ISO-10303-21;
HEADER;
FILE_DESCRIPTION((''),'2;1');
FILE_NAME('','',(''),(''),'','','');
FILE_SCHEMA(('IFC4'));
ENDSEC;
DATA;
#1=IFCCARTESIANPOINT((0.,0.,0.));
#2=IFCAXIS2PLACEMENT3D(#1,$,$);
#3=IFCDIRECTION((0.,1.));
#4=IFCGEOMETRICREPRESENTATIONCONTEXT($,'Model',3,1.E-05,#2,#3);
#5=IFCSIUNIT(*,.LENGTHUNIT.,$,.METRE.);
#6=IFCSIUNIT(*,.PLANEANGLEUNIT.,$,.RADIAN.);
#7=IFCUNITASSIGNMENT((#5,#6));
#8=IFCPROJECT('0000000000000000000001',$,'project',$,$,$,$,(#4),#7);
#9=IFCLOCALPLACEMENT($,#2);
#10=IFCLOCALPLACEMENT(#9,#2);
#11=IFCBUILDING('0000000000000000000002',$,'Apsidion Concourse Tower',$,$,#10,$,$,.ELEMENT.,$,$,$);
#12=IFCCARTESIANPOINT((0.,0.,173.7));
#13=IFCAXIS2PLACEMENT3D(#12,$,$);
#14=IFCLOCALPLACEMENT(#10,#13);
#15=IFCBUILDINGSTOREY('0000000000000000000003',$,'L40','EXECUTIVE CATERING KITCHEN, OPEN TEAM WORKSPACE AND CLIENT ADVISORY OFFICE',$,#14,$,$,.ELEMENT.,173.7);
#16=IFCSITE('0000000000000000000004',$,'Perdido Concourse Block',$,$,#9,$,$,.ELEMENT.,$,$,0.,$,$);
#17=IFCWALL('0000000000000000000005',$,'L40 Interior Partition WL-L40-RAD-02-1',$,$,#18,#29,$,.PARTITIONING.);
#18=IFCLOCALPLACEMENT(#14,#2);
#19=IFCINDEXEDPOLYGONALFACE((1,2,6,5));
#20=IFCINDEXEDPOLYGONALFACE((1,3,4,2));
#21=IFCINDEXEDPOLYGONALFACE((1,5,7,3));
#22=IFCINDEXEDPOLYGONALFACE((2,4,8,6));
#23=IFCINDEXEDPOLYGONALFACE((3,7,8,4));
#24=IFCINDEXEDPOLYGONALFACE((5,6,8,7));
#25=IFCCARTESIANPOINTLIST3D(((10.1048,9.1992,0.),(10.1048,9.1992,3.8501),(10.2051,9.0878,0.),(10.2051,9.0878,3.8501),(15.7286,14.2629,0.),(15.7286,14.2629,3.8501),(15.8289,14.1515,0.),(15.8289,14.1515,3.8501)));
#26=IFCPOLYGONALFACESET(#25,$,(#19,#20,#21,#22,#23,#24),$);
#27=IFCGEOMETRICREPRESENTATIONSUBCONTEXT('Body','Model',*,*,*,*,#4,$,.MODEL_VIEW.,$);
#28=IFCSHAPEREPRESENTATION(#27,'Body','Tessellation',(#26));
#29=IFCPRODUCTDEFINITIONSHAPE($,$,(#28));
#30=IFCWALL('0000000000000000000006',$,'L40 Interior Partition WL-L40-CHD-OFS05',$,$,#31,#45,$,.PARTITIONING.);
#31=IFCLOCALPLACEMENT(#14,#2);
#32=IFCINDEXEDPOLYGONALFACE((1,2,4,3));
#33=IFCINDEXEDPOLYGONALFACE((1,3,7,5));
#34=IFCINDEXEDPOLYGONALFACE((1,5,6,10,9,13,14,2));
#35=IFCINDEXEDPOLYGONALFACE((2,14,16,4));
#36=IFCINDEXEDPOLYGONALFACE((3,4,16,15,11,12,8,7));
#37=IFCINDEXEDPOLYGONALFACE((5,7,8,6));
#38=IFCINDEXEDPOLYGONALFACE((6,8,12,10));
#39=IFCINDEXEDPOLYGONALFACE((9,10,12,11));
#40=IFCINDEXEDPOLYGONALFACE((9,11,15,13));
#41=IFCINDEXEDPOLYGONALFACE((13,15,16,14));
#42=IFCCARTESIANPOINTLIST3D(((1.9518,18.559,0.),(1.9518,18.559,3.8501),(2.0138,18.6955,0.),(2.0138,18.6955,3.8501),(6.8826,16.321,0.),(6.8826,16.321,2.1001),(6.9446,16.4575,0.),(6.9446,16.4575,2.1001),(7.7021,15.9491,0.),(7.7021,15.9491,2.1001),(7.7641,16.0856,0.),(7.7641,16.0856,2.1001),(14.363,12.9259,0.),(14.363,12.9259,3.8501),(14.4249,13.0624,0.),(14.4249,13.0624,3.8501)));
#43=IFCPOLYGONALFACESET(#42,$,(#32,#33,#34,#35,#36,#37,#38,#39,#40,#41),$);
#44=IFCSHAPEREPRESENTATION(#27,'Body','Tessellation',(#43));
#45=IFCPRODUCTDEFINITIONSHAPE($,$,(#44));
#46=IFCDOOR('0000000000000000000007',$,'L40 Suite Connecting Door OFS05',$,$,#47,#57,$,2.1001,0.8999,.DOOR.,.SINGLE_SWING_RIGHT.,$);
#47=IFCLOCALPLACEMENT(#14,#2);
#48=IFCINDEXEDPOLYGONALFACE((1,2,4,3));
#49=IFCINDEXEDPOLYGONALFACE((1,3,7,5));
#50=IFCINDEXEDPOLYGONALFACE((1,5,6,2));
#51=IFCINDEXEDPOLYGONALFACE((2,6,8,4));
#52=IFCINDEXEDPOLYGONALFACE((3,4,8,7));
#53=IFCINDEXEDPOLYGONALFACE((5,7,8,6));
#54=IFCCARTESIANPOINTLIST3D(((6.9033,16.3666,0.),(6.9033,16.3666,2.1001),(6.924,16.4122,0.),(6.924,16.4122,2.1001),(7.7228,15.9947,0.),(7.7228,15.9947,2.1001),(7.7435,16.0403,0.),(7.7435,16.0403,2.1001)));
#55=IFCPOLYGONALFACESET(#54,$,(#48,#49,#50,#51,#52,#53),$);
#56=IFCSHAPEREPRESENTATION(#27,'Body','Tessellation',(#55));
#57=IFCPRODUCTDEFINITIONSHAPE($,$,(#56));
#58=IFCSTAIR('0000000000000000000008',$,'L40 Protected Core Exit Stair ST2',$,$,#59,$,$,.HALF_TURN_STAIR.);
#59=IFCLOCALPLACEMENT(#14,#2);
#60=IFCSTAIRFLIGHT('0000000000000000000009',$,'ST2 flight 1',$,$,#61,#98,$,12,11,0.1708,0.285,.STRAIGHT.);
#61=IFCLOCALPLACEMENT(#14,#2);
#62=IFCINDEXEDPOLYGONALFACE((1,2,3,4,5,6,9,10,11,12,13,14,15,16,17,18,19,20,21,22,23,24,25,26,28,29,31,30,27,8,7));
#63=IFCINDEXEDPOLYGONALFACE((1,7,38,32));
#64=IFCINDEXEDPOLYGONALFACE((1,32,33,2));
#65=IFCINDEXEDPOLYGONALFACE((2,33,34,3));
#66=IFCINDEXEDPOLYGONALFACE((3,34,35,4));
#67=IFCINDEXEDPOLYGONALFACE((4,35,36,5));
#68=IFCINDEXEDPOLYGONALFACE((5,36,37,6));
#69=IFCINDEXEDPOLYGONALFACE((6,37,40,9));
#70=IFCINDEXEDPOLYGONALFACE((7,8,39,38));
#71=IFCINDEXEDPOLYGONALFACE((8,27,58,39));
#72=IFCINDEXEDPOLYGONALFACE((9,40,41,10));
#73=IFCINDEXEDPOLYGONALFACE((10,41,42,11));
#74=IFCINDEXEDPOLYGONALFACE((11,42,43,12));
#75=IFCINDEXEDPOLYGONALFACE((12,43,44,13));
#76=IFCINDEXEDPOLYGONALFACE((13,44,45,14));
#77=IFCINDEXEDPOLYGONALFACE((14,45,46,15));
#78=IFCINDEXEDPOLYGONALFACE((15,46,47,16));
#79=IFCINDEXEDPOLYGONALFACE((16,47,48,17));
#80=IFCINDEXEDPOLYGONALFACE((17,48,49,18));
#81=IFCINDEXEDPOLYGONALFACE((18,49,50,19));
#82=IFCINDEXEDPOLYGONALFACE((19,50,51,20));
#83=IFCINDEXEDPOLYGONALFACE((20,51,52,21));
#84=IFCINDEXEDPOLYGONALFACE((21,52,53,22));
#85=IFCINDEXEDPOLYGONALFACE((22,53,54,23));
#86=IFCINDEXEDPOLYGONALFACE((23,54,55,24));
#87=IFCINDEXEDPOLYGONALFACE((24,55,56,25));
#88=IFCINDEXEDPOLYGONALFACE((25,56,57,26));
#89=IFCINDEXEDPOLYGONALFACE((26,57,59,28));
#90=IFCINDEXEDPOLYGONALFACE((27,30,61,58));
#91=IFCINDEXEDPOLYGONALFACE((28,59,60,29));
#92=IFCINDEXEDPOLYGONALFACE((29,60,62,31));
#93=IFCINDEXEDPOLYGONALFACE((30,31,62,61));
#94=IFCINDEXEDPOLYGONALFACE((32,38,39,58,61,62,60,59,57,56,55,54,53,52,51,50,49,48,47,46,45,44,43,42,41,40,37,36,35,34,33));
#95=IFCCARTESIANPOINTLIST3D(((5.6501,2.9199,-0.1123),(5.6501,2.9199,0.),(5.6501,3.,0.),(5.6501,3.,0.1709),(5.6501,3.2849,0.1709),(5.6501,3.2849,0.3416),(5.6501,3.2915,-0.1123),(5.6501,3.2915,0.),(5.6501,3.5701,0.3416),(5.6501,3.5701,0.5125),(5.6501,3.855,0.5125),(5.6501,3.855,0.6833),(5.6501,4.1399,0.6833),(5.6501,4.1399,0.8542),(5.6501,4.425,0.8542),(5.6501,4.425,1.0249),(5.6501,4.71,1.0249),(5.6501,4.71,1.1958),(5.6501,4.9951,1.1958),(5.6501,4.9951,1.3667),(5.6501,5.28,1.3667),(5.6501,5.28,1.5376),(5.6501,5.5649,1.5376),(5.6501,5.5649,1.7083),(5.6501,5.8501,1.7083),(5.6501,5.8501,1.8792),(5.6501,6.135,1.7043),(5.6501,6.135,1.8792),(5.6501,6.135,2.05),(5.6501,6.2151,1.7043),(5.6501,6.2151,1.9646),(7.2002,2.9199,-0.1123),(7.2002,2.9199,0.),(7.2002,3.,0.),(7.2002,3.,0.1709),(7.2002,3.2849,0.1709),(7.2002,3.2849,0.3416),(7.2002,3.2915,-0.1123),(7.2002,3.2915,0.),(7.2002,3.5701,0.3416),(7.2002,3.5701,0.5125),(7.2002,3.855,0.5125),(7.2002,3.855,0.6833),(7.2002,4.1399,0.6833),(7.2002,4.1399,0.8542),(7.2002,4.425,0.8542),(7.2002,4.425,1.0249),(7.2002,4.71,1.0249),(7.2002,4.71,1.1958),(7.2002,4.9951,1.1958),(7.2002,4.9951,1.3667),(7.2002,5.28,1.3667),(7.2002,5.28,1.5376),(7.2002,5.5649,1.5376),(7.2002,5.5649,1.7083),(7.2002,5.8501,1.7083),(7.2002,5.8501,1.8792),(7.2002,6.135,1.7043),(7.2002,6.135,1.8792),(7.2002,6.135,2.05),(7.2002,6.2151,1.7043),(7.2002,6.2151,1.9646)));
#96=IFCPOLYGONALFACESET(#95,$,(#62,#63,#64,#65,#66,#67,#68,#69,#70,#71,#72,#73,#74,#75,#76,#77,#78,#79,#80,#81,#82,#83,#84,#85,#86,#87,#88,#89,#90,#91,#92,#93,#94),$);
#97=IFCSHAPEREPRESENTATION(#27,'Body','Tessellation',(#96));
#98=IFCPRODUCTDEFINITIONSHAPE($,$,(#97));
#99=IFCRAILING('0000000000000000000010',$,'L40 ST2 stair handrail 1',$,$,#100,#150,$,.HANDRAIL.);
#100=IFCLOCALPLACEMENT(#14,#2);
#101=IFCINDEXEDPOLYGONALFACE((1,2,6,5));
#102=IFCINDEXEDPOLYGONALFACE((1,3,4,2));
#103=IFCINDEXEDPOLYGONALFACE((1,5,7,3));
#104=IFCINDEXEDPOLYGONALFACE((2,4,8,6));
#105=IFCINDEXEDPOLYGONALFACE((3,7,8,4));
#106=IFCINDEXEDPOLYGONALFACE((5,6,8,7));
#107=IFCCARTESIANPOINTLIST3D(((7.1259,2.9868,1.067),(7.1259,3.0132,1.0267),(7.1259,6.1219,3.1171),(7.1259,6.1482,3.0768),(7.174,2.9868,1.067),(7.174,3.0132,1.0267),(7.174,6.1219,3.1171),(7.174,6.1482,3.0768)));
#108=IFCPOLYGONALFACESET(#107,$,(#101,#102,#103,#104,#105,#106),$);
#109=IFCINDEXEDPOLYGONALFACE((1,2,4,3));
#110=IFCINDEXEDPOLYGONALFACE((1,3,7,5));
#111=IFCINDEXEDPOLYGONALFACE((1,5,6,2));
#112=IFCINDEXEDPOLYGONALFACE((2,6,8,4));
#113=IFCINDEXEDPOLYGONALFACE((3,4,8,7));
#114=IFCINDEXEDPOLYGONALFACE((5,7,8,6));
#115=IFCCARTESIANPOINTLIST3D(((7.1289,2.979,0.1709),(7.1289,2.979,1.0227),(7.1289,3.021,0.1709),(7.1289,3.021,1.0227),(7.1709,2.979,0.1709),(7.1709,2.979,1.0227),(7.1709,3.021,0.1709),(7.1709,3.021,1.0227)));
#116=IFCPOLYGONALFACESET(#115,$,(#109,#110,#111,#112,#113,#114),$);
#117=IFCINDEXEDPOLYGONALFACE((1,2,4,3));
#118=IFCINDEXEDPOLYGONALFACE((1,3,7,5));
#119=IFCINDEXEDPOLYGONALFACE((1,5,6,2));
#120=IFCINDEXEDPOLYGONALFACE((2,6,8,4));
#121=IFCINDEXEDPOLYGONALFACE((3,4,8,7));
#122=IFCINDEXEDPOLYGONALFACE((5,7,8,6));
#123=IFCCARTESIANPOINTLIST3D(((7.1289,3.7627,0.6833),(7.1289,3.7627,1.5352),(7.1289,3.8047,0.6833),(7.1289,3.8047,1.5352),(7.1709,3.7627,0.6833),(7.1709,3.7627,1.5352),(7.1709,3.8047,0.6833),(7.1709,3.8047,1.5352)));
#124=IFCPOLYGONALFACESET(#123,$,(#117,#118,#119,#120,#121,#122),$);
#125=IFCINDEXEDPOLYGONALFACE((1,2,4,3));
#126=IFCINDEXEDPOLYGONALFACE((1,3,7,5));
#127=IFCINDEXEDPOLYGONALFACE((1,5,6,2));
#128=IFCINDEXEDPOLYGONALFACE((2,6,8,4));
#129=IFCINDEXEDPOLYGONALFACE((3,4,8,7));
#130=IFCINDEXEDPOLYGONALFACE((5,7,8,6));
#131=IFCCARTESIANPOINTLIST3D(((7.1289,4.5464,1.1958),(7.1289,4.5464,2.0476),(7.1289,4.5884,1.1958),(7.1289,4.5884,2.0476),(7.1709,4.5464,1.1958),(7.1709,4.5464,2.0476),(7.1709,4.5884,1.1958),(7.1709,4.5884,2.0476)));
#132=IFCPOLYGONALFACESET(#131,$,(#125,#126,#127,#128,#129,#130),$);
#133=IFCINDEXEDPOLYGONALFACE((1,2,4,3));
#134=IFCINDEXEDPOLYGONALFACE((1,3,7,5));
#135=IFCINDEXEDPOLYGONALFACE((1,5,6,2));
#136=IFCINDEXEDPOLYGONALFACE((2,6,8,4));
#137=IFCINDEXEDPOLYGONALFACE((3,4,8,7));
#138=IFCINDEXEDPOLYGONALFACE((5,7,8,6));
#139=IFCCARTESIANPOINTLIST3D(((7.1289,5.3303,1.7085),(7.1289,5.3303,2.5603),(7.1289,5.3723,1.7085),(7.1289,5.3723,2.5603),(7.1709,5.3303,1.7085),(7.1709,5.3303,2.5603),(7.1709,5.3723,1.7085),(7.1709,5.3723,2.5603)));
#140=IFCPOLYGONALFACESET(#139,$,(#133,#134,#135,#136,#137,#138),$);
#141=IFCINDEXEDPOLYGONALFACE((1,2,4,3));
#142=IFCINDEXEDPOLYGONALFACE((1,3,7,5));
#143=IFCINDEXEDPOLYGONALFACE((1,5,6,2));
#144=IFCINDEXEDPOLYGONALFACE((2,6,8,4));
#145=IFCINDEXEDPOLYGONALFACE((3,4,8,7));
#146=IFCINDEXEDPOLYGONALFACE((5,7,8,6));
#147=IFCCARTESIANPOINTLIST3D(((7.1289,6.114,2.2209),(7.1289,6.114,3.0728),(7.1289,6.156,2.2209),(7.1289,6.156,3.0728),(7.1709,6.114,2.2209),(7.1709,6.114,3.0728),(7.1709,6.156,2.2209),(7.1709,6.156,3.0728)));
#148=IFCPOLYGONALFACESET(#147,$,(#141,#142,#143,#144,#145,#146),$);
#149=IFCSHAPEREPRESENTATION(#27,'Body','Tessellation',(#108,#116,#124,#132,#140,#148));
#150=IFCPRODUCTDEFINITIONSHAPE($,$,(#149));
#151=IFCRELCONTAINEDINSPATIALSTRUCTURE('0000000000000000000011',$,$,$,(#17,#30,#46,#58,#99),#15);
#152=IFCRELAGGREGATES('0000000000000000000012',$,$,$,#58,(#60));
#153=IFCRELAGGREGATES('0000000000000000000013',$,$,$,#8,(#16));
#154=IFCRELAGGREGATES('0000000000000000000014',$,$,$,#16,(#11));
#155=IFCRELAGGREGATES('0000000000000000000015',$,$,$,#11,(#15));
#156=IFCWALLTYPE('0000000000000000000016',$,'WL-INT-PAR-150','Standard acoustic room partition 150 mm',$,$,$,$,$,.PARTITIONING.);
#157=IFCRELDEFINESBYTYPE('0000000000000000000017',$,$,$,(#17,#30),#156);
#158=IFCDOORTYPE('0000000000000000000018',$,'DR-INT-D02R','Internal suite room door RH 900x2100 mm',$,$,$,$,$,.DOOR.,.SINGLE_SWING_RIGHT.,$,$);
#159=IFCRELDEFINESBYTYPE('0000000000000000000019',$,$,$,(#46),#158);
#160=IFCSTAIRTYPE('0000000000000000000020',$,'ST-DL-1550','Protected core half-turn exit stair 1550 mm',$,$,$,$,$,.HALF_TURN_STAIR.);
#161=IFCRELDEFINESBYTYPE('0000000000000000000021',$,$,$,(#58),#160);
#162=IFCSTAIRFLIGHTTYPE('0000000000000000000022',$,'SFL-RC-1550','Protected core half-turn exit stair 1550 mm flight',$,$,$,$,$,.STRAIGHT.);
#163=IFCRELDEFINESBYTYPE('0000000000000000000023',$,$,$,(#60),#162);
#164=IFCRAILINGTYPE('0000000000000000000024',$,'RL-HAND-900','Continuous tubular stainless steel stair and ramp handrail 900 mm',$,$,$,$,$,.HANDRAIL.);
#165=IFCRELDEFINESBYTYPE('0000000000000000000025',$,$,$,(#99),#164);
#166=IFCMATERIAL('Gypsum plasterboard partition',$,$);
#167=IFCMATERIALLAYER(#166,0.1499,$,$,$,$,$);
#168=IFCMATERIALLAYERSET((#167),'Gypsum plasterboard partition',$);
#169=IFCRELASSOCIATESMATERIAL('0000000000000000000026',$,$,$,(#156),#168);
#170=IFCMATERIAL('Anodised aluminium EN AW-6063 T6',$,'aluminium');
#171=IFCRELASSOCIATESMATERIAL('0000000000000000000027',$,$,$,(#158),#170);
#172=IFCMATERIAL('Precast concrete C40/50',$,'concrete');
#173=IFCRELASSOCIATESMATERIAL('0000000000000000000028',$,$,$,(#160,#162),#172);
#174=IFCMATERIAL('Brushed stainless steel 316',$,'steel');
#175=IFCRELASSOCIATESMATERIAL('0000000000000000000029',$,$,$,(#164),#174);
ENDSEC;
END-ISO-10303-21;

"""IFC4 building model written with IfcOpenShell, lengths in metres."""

from ifc_helpers import new_model, si_unit, direction, frame, frame_2d, origin, origin_2d, place, context, subcontext, project, spatial, polyline, rectangle, outline, extrude, material, layer, layer_set, type_object, element, fill, aggregate, save


model = new_model("IFC4")

# Units and contexts
model_context = context("Model", 3, precision=1e-05, world=origin(), true_north=direction((0.0, 1.0)))
body_context = subcontext(model_context, "Body", "Model", "MODEL_VIEW")
ifc_project = project(units=[si_unit("LENGTHUNIT", "METRE"), si_unit("PLANEANGLEUNIT", "RADIAN")], contexts=[model_context])

# Site, building, storey
site_placement = place(None, origin())
site = spatial("IfcSite", under=ifc_project, at=site_placement, Name="Perdido Concourse Block", CompositionType="ELEMENT", RefElevation=0.0)
building_placement = place(site_placement, origin())
building = spatial("IfcBuilding", under=site, at=building_placement, Name="Apsidion Concourse Tower", CompositionType="ELEMENT")
storey_placement = place(building_placement, frame((0.0, 0.0, 173.7)))
storey = spatial("IfcBuildingStorey", under=building, at=storey_placement, Name="L40", Description="EXECUTIVE CATERING KITCHEN, OPEN TEAM WORKSPACE AND CLIENT ADVISORY OFFICE", CompositionType="ELEMENT", Elevation=173.7)

# Shared definitions
ifc_material_1 = material(Name="Precast concrete C40/50", Category="concrete")
ifc_material_2 = material(Name="Gypsum plasterboard partition")
ifc_layer_1 = layer(ifc_material_2, 0.1499)
ifc_layer_set_1 = layer_set([ifc_layer_1], Name="Gypsum plasterboard partition")
wall_type_1 = type_object("IfcWallType", Name="WL-INT-PAR-150", Description="Standard acoustic room partition 150 mm", PredefinedType="PARTITIONING", material=ifc_layer_set_1)

# Shared definitions
ifc_material_3 = material(Name="Brushed stainless steel 316", Category="steel")

# Wall
wall_1_placement = place(storey_placement, frame((10.155, 9.1436, 0.0), z_axis=(0.0, 0.0, 1.0), x_axis=(0.743142, 0.669134, 0.0)))
element("IfcWall", 1, at=wall_1_placement, inside=storey, type_object=wall_type_1, Name="L40 Interior Partition WL-L40-RAD-02-1", PredefinedType="PARTITIONING", context=body_context, shape_type="SweptSolid", body=[
    extrude(rectangle(XDim=7.5676, YDim=0.1499, at=frame_2d((3.7837, 0.0))), origin(), (0.0, 0.0, 1.0), 3.8501),
])

# Wall, opening, door
wall_2_placement = place(storey_placement, frame((14.394, 12.9941, 0.0), z_axis=(0.0, 0.0, 1.0), x_axis=(-0.910598, 0.413294, 0.0)))
wall_2 = element("IfcWall", 2, at=wall_2_placement, inside=storey, type_object=wall_type_1, Name="L40 Interior Partition WL-L40-CHD-OFS05", PredefinedType="PARTITIONING", context=body_context, shape_type="SweptSolid", body=[
    extrude(rectangle(XDim=13.6296, YDim=0.1499, at=frame_2d((6.8149, 0.0))), origin(), (0.0, 0.0, 1.0), 3.8501),
])
opening_1_placement = place(wall_2_placement, frame((7.3149, 0.0, 0.0)))
opening_1 = element("IfcOpeningElement", 3, at=opening_1_placement, cuts=wall_2, PredefinedType="OPENING", context=body_context, shape_type="SweptSolid", body=[
    extrude(rectangle(XDim=0.8999, YDim=2.1001, at=frame_2d((0.45, 1.05))), frame((0.0, 0.085, 0.0), z_axis=(0.0, -1.0, 0.0), x_axis=(1.0, 0.0, 0.0)), (0.0, 0.0, 1.0), 0.1699),
])
ifc_material_4 = material(Name="Anodised aluminium EN AW-6063 T6", Category="aluminium")
door_type_1 = type_object("IfcDoorType", Name="DR-INT-D02R", Description="Internal suite room door RH 900x2100 mm", OperationType="SINGLE_SWING_RIGHT", PredefinedType="DOOR", material=ifc_material_4)
door_1_placement = place(opening_1_placement, origin())
door_1 = element("IfcDoor", 4, at=door_1_placement, inside=storey, type_object=door_type_1, Name="L40 Suite Connecting Door OFS05", OperationType="SINGLE_SWING_RIGHT", OverallHeight=2.1001, OverallWidth=0.8999, PredefinedType="DOOR", context=body_context, shape_type="SweptSolid", body=[
    extrude(rectangle(XDim=0.8999, YDim=2.1001, at=frame_2d((0.45, 1.05))), frame((0.0, 0.0249, 0.0), z_axis=(0.0, -1.0, 0.0), x_axis=(1.0, 0.0, 0.0)), (0.0, 0.0, 1.0), 0.05),
])
fill(opening_1, door_1)

# Stair, stair flight
stair_type = type_object("IfcStairType", Name="ST-DL-1550", Description="Protected core half-turn exit stair 1550 mm", PredefinedType="HALF_TURN_STAIR", material=ifc_material_1)
stair_placement = place(storey_placement, origin())
stair = element("IfcStair", 5, at=stair_placement, inside=storey, type_object=stair_type, Name="L40 Protected Core Exit Stair ST2", PredefinedType="HALF_TURN_STAIR")
stair_flight_type = type_object("IfcStairFlightType", Name="SFL-RC-1550", Description="Protected core half-turn exit stair 1550 mm flight", PredefinedType="STRAIGHT", material=ifc_material_1)
stair_flight_placement = place(storey_placement, frame((6.425, 3.0, 0.0), z_axis=(0.0, 0.0, 1.0), x_axis=(0.0, 1.0, 0.0)))
stair_flight = element("IfcStairFlight", 6, at=stair_flight_placement, type_object=stair_flight_type, Name="ST2 flight 1", NumberOfRisers=12, NumberOfTreads=11, PredefinedType="STRAIGHT", RiserHeight=0.1708, TreadLength=0.285, context=body_context, shape_type="SweptSolid", body=[
    extrude(outline(polyline([(-0.0801, -0.1123), (-0.0801, 0.0), (0.0, 0.0), (0.0, 0.1709), (0.2849, 0.1709), (0.2849, 0.3416), (0.5701, 0.3416), (0.5701, 0.5125), (0.855, 0.5125), (0.855, 0.6833), (1.1399, 0.6833), (1.1399, 0.8542), (1.425, 0.8542), (1.425, 1.0249), (1.71, 1.0249), (1.71, 1.1958), (1.9951, 1.1958), (1.9951, 1.3667), (2.28, 1.3667), (2.28, 1.5376), (2.5649, 1.5376), (2.5649, 1.7083), (2.8501, 1.7083), (2.8501, 1.8792), (3.135, 1.8792), (3.135, 2.05), (3.2151, 1.9646), (3.2151, 1.7043), (3.135, 1.7043), (0.2915, 0.0), (0.2915, -0.1123), (-0.0801, -0.1123)])), frame((0.0, 0.7749, 0.0), z_axis=(0.0, -1.0, 0.0), x_axis=(1.0, 0.0, 0.0)), (0.0, 0.0, 1.0), 1.55),
])
aggregate(stair, [stair_flight])

# Railing
railing_type = type_object("IfcRailingType", Name="RL-HAND-900", Description="Continuous tubular stainless steel stair and ramp handrail 900 mm", PredefinedType="HANDRAIL", material=ifc_material_3)
railing_placement = place(storey_placement, frame((7.1499, 3.0, 0.1709)))
element("IfcRailing", 7, at=railing_placement, inside=storey, type_object=railing_type, Name="L40 ST2 stair handrail 1", PredefinedType="HANDRAIL", context=body_context, shape_type="SweptSolid", body=[
    extrude(rectangle(XDim=0.0481, YDim=0.0481, at=origin_2d()), frame((0.0, 0.0, 0.876), z_axis=(0.0, 0.836941, 0.547293), x_axis=(-1.0, 0.0, 0.0)), (0.0, 0.0, 1.0), 3.7458),
    extrude(rectangle(XDim=0.042, YDim=0.042, at=origin_2d()), origin(), (0.0, 0.0, 1.0), 0.8518),
    extrude(rectangle(XDim=0.042, YDim=0.042, at=origin_2d()), frame((0.0, 0.7837, 0.5125)), (0.0, 0.0, 1.0), 0.8518),
    extrude(rectangle(XDim=0.042, YDim=0.042, at=origin_2d()), frame((0.0, 1.5674, 1.0249)), (0.0, 0.0, 1.0), 0.8518),
    extrude(rectangle(XDim=0.042, YDim=0.042, at=origin_2d()), frame((0.0, 2.3513, 1.5376)), (0.0, 0.0, 1.0), 0.8518),
    extrude(rectangle(XDim=0.042, YDim=0.042, at=origin_2d()), frame((0.0, 3.135, 2.05)), (0.0, 0.0, 1.0), 0.8518),
])

save(model, "model.ifc")
